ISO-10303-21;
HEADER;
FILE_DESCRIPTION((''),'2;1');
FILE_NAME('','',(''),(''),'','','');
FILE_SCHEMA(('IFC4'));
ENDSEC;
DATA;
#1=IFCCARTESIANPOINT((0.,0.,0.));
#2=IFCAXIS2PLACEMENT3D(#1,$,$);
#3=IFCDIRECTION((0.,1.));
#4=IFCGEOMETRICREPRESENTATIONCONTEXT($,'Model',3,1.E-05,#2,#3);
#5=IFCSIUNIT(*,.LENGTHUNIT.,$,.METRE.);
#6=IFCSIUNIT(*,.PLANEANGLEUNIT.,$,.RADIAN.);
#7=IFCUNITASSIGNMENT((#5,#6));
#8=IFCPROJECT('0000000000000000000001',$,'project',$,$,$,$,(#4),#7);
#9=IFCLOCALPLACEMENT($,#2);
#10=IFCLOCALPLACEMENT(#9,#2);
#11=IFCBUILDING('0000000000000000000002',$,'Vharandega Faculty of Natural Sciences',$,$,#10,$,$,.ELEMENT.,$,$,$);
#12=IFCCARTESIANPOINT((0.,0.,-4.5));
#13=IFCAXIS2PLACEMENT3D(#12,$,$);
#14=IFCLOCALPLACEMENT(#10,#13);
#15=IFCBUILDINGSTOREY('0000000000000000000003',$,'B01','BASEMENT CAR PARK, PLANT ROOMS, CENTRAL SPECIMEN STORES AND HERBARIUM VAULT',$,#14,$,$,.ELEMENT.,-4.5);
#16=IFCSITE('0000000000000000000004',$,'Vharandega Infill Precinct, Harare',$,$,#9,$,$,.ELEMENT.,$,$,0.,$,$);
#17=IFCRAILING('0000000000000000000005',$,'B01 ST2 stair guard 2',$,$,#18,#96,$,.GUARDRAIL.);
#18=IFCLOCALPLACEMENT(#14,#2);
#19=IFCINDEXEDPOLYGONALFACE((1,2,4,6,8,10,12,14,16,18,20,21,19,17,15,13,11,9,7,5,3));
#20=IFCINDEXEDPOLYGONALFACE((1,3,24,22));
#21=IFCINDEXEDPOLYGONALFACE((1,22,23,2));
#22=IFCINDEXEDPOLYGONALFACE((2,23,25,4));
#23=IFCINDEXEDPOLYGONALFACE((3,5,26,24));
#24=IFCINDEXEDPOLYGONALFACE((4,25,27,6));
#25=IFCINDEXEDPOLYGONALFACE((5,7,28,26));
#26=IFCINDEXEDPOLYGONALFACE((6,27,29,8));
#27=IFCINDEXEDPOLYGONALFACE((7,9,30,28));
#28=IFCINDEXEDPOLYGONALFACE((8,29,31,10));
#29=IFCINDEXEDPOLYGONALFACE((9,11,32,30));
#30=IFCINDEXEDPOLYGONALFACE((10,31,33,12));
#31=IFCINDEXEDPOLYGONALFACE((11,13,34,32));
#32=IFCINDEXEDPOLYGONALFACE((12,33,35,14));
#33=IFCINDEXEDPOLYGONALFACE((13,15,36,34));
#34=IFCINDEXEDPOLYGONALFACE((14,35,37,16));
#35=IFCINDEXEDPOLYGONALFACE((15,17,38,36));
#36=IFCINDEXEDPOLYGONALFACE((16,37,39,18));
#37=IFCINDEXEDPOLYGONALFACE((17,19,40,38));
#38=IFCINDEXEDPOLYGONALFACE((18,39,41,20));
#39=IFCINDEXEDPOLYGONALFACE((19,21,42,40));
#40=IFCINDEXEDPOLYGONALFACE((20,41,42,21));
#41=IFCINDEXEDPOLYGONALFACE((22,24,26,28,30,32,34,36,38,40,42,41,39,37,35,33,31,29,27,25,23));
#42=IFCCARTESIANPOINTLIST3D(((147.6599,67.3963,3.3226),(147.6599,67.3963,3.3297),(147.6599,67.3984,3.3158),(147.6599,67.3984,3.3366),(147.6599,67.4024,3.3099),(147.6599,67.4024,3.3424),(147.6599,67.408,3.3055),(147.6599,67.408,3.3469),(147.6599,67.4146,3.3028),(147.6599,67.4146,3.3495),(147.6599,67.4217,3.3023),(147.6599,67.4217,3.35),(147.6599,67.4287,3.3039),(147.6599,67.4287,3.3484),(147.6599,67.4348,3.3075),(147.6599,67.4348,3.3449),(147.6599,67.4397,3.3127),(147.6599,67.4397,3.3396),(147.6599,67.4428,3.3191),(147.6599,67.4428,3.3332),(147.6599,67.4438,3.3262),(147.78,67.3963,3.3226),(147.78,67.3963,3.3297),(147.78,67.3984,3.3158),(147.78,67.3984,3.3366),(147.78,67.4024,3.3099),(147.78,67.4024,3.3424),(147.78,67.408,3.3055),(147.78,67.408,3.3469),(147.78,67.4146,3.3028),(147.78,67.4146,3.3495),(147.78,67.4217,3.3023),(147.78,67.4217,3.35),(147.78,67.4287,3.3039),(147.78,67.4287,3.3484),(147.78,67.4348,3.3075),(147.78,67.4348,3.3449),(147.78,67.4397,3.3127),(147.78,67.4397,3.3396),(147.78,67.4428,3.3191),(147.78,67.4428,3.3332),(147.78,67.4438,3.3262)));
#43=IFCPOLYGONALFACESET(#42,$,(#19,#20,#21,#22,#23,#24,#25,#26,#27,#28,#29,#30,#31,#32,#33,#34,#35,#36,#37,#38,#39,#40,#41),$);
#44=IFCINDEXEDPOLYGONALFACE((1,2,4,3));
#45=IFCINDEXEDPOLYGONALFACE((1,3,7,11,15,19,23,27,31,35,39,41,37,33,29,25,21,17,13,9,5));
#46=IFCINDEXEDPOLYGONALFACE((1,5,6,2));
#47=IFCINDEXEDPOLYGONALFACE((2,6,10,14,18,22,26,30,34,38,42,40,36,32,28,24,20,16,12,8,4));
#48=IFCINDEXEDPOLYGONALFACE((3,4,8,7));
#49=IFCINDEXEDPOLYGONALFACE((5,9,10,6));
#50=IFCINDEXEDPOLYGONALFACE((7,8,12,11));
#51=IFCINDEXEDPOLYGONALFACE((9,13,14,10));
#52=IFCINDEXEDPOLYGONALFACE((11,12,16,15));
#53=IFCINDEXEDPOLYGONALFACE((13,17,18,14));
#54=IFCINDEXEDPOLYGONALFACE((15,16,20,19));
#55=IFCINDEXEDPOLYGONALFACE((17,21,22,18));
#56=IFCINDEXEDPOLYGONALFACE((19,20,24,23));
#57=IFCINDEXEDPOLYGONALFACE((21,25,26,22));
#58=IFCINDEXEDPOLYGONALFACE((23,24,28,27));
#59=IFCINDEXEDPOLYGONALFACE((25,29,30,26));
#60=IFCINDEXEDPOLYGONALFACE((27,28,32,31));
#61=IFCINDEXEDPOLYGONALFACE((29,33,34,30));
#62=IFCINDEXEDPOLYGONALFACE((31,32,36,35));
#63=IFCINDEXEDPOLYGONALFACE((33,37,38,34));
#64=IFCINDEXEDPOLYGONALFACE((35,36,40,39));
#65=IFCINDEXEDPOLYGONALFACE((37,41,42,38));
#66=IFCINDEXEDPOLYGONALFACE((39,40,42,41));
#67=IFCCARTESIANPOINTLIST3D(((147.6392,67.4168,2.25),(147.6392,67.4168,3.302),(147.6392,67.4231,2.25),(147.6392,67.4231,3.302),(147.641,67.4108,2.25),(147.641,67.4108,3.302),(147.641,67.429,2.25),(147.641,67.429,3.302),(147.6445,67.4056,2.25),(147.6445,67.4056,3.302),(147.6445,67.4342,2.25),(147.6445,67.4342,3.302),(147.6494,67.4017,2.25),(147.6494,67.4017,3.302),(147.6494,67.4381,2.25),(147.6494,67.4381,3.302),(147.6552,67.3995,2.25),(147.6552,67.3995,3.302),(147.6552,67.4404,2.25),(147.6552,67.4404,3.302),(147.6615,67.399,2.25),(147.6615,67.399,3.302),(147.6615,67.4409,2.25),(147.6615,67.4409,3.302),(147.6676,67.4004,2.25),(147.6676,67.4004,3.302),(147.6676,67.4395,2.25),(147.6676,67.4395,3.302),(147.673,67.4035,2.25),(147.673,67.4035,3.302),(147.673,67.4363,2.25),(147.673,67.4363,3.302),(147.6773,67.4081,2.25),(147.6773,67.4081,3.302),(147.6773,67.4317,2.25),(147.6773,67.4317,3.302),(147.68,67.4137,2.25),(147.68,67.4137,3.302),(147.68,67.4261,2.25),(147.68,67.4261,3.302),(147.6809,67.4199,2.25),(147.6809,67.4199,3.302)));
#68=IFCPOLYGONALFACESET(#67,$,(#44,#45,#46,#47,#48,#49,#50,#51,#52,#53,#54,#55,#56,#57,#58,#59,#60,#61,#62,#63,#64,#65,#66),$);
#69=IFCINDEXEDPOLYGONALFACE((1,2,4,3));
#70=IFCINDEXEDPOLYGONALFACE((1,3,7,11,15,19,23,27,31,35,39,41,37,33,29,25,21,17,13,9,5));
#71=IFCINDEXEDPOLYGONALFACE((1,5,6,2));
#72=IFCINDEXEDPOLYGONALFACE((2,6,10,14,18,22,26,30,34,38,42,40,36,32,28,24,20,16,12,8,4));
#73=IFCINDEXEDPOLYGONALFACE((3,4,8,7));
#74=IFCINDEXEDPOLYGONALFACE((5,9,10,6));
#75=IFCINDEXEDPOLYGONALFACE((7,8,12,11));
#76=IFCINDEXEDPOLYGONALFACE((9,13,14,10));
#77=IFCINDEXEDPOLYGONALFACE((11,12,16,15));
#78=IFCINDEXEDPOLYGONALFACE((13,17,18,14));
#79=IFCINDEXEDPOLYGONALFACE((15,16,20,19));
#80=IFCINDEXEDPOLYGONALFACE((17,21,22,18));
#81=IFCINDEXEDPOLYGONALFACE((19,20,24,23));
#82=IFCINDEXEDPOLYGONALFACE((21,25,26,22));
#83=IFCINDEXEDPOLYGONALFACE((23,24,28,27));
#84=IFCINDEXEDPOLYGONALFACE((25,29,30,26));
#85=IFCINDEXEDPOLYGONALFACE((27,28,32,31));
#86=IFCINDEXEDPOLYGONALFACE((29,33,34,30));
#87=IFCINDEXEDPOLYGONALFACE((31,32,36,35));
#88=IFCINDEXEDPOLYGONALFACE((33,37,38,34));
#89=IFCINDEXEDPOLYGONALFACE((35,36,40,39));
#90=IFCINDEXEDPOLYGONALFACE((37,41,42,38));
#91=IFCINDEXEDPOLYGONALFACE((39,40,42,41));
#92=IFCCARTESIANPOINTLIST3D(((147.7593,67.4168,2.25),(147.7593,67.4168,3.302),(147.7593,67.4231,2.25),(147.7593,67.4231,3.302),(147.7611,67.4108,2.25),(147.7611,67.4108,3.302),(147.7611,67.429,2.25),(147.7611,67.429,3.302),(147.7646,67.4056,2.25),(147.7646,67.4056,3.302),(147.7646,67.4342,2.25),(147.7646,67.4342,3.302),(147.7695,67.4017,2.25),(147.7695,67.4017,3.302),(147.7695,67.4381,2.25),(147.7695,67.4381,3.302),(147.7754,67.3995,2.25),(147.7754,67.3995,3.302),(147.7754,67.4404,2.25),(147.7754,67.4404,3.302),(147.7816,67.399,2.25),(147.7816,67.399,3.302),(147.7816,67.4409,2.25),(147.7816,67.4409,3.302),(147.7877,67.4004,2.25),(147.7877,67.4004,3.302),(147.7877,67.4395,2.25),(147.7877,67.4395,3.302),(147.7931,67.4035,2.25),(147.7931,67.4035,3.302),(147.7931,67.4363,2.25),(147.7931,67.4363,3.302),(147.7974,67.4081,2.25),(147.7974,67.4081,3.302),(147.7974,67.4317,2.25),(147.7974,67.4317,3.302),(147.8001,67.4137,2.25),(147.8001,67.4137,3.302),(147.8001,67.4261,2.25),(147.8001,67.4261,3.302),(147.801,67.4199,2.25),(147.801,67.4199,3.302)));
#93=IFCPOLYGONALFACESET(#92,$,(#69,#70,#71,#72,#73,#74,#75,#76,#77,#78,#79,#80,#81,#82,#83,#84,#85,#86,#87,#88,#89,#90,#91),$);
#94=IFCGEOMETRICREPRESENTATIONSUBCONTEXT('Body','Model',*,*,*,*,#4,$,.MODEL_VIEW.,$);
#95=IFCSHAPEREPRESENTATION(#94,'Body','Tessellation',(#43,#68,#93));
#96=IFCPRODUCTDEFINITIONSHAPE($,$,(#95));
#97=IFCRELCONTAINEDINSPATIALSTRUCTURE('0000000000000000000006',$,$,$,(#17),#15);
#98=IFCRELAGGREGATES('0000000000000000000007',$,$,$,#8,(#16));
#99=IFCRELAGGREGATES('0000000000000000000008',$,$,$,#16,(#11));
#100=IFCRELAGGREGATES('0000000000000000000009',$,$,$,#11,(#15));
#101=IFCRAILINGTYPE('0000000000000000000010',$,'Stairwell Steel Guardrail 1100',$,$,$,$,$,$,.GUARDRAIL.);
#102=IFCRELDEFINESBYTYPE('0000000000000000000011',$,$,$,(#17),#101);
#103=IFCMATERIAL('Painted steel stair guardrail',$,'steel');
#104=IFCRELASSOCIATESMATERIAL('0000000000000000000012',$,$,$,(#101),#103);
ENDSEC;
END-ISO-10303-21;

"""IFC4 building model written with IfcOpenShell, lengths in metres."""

from ifc_helpers import new_model, si_unit, direction, frame, origin, origin_2d, place, context, subcontext, project, spatial, circle, extrude, material, type_object, element, save


model = new_model("IFC4")

# Units and contexts
model_context = context("Model", 3, precision=1e-05, world=origin(), true_north=direction((0.0, 1.0)))
body_context = subcontext(model_context, "Body", "Model", "MODEL_VIEW")
ifc_project = project(units=[si_unit("LENGTHUNIT", "METRE"), si_unit("PLANEANGLEUNIT", "RADIAN")], contexts=[model_context])

# Site, building, storey
site_placement = place(None, origin())
site = spatial("IfcSite", under=ifc_project, at=site_placement, Name="Vharandega Infill Precinct, Harare", CompositionType="ELEMENT", RefElevation=0.0)
building_placement = place(site_placement, origin())
building = spatial("IfcBuilding", under=site, at=building_placement, Name="Vharandega Faculty of Natural Sciences", CompositionType="ELEMENT")
storey_placement = place(building_placement, frame((0.0, 0.0, -4.5)))
storey = spatial("IfcBuildingStorey", under=building, at=storey_placement, Name="B01", Description="BASEMENT CAR PARK, PLANT ROOMS, CENTRAL SPECIMEN STORES AND HERBARIUM VAULT", CompositionType="ELEMENT", Elevation=-4.5)

# Railing
ifc_material_1 = material(Name="Painted steel stair guardrail", Category="steel")
railing_type_1 = type_object("IfcRailingType", Name="Stairwell Steel Guardrail 1100", PredefinedType="GUARDRAIL", material=ifc_material_1)
railing_1_placement = place(storey_placement, frame((147.6599, 67.4199, 2.25)))
element("IfcRailing", 1, at=railing_1_placement, inside=storey, type_object=railing_type_1, Name="B01 ST2 stair guard 2", PredefinedType="GUARDRAIL", context=body_context, shape_type="SweptSolid", body=[
    extrude(circle(Radius=0.0239, at=origin_2d()), frame((0.0, 0.0, 1.0762), z_axis=(1.0, 0.0, 0.0), x_axis=(0.0, 1.0, 0.0)), (0.0, 0.0, 1.0), 0.1201),
    extrude(circle(Radius=0.021, at=origin_2d()), origin(), (0.0, 0.0, 1.0), 1.052),
    extrude(circle(Radius=0.021, at=origin_2d()), frame((0.1201, 0.0, 0.0)), (0.0, 0.0, 1.0), 1.052),
])

save(model, "model.ifc")
